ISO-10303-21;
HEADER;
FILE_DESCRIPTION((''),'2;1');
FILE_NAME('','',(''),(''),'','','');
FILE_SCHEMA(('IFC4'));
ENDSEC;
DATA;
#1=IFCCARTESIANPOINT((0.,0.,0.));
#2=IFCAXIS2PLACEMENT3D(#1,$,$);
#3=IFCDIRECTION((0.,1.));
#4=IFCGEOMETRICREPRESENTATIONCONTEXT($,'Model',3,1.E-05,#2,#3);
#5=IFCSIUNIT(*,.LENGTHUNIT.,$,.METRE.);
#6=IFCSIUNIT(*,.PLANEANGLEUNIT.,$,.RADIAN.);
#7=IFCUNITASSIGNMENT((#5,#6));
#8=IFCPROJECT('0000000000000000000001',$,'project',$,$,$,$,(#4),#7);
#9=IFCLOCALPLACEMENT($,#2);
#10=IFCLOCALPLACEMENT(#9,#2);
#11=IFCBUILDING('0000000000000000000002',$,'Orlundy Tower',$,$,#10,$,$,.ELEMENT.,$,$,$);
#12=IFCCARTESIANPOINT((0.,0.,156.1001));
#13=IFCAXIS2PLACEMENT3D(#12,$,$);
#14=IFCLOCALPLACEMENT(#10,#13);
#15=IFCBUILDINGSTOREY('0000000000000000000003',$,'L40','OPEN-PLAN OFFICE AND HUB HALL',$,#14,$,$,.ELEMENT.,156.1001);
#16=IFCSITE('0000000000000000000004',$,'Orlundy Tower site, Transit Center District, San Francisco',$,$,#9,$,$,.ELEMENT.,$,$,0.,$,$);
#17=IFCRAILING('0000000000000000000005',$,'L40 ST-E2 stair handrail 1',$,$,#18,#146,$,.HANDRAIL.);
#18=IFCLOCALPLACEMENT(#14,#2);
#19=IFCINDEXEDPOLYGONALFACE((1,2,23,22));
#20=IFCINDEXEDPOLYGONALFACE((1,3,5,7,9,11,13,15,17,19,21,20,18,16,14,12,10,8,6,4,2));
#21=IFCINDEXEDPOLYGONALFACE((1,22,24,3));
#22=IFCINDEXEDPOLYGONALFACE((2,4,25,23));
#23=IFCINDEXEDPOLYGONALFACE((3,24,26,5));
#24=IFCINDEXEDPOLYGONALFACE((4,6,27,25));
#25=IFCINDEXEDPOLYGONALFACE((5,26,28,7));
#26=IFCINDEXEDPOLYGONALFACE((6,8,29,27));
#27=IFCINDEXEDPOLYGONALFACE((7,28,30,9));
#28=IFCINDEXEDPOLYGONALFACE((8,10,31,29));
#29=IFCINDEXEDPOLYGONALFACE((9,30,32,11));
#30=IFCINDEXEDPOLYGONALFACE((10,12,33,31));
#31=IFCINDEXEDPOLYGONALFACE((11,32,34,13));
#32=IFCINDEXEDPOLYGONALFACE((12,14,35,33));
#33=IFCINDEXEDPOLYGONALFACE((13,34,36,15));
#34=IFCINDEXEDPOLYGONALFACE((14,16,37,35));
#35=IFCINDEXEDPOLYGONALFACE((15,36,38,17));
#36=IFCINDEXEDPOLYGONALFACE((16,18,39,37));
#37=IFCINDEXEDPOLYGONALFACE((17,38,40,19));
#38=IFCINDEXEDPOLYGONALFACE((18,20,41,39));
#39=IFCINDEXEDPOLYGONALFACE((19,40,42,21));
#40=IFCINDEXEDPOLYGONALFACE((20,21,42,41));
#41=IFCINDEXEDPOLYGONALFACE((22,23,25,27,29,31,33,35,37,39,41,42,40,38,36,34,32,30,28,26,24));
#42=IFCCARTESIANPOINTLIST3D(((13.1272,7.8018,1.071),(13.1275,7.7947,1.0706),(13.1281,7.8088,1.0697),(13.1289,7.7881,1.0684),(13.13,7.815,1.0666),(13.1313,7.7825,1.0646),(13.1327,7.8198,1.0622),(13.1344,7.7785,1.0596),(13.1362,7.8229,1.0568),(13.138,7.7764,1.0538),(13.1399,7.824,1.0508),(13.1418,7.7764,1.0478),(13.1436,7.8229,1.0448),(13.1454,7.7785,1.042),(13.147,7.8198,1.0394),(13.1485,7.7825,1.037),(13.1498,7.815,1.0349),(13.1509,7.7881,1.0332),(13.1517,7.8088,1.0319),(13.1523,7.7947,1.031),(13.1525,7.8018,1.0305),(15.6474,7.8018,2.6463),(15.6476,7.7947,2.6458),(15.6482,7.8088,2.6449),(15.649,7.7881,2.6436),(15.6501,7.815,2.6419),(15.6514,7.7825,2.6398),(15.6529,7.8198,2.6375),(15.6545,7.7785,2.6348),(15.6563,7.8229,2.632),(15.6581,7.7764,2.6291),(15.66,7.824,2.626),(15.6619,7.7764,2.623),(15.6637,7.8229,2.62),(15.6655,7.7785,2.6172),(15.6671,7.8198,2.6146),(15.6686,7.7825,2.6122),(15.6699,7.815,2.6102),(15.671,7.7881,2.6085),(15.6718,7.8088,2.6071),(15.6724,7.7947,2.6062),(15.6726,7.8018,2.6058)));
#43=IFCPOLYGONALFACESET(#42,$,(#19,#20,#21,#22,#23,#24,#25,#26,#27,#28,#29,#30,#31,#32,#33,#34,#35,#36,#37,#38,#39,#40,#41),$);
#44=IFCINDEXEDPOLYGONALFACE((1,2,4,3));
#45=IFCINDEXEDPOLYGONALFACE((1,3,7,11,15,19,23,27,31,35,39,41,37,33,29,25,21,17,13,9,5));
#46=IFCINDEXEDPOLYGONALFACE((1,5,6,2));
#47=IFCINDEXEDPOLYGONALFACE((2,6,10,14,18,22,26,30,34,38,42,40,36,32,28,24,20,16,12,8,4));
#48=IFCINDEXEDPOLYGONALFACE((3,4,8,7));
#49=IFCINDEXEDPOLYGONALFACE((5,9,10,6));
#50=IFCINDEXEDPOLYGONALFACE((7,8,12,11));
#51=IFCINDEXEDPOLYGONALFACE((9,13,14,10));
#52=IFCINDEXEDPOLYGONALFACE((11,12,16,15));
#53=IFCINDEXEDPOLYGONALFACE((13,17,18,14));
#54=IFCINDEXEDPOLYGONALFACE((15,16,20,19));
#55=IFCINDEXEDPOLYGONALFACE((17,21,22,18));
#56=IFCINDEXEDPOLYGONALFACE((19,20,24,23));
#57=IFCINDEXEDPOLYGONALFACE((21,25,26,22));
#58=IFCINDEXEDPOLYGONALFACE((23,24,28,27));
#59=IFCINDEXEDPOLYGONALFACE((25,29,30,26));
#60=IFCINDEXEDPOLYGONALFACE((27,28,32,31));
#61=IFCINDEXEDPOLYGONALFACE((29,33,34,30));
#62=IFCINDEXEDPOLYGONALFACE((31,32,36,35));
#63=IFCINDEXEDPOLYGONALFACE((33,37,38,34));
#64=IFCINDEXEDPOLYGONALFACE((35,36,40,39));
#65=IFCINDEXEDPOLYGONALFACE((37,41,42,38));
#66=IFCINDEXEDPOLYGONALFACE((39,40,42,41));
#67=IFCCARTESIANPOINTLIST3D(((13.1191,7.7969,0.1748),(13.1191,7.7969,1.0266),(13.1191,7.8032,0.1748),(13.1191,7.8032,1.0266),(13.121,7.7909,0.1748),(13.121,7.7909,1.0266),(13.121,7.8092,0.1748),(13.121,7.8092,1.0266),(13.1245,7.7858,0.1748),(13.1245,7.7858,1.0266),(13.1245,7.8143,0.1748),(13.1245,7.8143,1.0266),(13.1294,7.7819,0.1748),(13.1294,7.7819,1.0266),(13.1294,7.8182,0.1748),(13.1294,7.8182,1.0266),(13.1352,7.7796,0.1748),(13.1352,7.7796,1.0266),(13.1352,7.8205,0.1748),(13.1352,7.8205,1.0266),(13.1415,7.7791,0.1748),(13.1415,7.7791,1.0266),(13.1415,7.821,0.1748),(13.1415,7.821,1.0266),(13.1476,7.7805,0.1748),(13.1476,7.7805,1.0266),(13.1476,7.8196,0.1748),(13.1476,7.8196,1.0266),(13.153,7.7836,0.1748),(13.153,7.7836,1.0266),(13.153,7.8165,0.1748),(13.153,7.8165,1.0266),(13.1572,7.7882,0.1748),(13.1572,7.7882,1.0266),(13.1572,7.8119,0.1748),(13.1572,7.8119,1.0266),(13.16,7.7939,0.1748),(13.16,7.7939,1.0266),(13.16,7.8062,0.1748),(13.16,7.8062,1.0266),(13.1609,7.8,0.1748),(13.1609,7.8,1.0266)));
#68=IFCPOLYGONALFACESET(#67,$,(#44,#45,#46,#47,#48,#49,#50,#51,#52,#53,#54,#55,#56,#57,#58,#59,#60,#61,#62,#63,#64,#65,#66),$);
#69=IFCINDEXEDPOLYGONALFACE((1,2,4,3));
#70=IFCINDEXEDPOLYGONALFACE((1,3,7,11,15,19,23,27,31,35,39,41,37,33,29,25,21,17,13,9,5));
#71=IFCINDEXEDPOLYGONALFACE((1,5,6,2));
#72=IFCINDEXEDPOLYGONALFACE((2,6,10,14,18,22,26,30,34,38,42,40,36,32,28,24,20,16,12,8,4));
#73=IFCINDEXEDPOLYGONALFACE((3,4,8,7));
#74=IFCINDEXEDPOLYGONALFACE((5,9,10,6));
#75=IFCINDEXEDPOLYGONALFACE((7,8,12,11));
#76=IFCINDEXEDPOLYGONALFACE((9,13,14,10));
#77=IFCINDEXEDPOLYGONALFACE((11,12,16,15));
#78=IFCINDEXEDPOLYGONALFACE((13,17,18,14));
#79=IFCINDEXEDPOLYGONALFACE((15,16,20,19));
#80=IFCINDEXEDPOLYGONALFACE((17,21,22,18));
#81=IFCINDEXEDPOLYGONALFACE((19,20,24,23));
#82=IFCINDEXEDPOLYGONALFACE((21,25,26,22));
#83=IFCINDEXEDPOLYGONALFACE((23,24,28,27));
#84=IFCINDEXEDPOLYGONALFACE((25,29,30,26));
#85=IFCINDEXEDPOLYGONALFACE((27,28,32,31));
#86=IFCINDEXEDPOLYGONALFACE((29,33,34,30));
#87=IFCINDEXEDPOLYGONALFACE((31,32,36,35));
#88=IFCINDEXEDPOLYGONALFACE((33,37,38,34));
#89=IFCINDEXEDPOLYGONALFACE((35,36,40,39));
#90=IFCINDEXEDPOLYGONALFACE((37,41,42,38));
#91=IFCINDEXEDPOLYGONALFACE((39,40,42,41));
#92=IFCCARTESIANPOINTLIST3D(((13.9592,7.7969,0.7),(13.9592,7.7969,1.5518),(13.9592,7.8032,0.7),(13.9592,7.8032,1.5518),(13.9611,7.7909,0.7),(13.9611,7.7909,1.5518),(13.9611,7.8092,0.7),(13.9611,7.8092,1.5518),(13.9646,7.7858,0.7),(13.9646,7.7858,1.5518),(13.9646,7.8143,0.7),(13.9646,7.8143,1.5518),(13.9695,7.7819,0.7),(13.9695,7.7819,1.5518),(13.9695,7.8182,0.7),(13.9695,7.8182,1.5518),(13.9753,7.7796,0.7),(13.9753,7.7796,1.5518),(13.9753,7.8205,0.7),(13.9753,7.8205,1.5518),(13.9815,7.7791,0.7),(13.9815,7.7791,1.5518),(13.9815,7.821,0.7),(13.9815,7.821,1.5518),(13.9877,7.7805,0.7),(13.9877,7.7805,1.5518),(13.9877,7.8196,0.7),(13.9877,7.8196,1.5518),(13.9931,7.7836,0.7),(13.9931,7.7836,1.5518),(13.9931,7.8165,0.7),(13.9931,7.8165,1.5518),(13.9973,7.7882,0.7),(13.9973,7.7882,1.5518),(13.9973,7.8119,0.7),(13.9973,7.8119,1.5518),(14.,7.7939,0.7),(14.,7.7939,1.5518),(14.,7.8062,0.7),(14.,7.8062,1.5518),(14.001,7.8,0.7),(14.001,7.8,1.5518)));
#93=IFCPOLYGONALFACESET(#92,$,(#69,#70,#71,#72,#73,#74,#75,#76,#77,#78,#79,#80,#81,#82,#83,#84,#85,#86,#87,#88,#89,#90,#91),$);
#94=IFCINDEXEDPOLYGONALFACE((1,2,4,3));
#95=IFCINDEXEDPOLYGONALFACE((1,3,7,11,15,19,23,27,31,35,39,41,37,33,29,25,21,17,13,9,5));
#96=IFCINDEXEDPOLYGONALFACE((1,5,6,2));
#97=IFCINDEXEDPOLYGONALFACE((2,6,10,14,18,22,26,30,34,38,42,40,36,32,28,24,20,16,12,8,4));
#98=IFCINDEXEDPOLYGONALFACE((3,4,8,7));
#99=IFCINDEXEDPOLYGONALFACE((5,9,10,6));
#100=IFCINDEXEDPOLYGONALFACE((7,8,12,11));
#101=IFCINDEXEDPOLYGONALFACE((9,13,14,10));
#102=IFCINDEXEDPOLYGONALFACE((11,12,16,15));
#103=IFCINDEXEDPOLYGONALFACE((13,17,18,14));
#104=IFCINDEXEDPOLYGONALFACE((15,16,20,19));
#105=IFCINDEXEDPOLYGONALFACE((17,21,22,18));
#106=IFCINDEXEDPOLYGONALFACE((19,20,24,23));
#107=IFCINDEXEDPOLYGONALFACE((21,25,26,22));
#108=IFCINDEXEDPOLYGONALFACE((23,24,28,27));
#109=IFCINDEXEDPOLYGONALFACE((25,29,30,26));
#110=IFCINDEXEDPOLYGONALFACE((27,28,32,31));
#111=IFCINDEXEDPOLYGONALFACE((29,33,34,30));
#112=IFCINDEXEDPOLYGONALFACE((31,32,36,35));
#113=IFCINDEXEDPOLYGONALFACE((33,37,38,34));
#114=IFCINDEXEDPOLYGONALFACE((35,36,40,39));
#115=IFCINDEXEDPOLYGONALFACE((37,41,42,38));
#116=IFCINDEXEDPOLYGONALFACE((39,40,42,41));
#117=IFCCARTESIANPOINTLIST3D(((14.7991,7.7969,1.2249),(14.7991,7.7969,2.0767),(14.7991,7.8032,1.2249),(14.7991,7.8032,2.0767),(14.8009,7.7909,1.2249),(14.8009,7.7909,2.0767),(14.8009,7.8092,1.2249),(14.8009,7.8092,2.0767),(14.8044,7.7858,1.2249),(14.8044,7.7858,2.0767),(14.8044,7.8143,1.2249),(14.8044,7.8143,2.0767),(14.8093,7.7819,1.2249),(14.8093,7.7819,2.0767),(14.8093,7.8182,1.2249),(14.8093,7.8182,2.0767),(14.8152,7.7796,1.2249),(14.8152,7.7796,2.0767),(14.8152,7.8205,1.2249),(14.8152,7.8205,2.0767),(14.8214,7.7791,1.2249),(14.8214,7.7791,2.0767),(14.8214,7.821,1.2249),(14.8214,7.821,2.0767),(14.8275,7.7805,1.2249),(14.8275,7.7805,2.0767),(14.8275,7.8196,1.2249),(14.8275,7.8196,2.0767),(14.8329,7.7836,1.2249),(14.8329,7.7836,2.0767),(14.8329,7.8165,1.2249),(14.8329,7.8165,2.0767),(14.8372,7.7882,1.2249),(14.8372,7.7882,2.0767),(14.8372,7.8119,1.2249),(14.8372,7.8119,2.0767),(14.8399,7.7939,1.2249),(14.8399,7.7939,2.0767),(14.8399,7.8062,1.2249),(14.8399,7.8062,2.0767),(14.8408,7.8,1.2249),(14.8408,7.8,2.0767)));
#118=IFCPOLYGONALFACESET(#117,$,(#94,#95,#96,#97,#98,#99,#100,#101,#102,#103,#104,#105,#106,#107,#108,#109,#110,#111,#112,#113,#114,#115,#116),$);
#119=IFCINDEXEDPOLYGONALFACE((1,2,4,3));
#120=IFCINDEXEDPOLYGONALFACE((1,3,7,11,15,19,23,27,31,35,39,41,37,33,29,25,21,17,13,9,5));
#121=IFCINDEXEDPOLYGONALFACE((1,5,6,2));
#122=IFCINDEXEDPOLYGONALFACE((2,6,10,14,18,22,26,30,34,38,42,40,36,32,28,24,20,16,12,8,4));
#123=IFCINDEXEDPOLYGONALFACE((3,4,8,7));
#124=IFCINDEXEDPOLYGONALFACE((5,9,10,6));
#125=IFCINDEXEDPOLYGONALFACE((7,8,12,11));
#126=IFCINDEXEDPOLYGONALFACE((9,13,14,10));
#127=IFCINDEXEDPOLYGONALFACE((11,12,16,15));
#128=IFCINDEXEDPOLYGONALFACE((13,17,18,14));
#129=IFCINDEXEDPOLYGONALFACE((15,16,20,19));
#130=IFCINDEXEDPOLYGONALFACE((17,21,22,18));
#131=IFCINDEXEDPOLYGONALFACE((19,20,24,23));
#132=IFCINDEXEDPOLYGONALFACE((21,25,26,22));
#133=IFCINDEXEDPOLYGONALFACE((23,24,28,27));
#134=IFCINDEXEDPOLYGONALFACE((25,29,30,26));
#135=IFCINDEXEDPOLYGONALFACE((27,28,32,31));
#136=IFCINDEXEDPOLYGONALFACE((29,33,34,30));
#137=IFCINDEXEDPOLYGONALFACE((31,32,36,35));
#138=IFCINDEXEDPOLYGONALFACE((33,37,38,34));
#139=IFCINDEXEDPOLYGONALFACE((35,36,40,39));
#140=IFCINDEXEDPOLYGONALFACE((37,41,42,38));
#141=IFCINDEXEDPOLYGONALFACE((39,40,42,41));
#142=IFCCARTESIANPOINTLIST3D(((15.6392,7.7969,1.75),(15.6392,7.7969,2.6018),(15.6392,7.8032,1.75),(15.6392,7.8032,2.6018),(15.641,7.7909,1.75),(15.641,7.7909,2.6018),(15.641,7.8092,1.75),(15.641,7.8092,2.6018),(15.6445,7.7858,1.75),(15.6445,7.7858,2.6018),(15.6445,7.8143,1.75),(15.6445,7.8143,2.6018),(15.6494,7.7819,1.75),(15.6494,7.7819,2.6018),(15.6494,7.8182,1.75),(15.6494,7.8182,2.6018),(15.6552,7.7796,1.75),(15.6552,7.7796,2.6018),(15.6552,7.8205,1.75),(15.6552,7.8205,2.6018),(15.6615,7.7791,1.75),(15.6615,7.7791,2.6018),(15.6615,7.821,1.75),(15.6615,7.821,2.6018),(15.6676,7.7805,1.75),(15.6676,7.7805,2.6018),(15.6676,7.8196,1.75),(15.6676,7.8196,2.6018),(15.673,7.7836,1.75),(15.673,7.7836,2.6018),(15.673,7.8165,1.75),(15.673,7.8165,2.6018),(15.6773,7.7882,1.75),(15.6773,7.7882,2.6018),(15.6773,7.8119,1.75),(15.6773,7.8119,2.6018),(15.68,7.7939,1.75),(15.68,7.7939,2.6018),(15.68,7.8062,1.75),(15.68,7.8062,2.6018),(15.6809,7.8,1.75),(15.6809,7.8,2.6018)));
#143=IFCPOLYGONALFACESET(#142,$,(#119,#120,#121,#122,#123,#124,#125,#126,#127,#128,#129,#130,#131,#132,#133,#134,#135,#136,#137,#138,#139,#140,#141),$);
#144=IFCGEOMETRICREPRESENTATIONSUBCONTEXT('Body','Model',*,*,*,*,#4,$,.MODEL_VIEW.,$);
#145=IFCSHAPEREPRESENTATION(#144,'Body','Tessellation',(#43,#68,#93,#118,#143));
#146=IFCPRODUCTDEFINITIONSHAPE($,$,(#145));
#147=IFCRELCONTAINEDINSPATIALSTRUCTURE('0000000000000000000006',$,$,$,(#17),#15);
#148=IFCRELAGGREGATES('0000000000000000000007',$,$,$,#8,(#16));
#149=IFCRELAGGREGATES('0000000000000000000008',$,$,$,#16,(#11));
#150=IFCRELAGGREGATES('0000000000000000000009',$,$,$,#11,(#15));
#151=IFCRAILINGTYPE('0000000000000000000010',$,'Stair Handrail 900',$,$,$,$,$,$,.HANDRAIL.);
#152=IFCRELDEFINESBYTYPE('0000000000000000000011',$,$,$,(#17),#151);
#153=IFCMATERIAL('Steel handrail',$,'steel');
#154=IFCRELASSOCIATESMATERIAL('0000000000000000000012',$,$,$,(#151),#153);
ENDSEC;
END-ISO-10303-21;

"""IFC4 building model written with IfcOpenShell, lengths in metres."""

from ifc_helpers import new_model, si_unit, direction, frame, origin, origin_2d, place, context, subcontext, project, spatial, circle, extrude, material, type_object, element, save


model = new_model("IFC4")

# Units and contexts
model_context = context("Model", 3, precision=1e-05, world=origin(), true_north=direction((0.0, 1.0)))
body_context = subcontext(model_context, "Body", "Model", "MODEL_VIEW")
ifc_project = project(units=[si_unit("LENGTHUNIT", "METRE"), si_unit("PLANEANGLEUNIT", "RADIAN")], contexts=[model_context])

# Site, building, storey
site_placement = place(None, origin())
site = spatial("IfcSite", under=ifc_project, at=site_placement, Name="Orlundy Tower site, Transit Center District, San Francisco", CompositionType="ELEMENT", RefElevation=0.0)
building_placement = place(site_placement, origin())
building = spatial("IfcBuilding", under=site, at=building_placement, Name="Orlundy Tower", CompositionType="ELEMENT")
storey_placement = place(building_placement, frame((0.0, 0.0, 156.1001)))
storey = spatial("IfcBuildingStorey", under=building, at=storey_placement, Name="L40", Description="OPEN-PLAN OFFICE AND HUB HALL", CompositionType="ELEMENT", Elevation=156.1001)

# Railing
ifc_material_1 = material(Name="Steel handrail", Category="steel")
railing_type_1 = type_object("IfcRailingType", Name="Stair Handrail 900", PredefinedType="HANDRAIL", material=ifc_material_1)
railing_1_placement = place(storey_placement, frame((13.1399, 7.8, 0.1748)))
element("IfcRailing", 1, at=railing_1_placement, inside=storey, type_object=railing_type_1, Name="L40 ST-E2 stair handrail 1", PredefinedType="HANDRAIL", context=body_context, shape_type="SweptSolid", body=[
    extrude(circle(Radius=0.0239, at=origin_2d()), frame((0.0, 0.0, 0.876), z_axis=(0.847971, 0.0, 0.530043), x_axis=(0.0, 1.0, 0.0)), (0.0, 0.0, 1.0), 2.9719),
    extrude(circle(Radius=0.021, at=origin_2d()), origin(), (0.0, 0.0, 1.0), 0.8518),
    extrude(circle(Radius=0.021, at=origin_2d()), frame((0.8401, 0.0, 0.5251)), (0.0, 0.0, 1.0), 0.8518),
    extrude(circle(Radius=0.021, at=origin_2d()), frame((1.6799, 0.0, 1.05)), (0.0, 0.0, 1.0), 0.8518),
    extrude(circle(Radius=0.021, at=origin_2d()), frame((2.52, 0.0, 1.5752)), (0.0, 0.0, 1.0), 0.8518),
])

save(model, "model.ifc")
